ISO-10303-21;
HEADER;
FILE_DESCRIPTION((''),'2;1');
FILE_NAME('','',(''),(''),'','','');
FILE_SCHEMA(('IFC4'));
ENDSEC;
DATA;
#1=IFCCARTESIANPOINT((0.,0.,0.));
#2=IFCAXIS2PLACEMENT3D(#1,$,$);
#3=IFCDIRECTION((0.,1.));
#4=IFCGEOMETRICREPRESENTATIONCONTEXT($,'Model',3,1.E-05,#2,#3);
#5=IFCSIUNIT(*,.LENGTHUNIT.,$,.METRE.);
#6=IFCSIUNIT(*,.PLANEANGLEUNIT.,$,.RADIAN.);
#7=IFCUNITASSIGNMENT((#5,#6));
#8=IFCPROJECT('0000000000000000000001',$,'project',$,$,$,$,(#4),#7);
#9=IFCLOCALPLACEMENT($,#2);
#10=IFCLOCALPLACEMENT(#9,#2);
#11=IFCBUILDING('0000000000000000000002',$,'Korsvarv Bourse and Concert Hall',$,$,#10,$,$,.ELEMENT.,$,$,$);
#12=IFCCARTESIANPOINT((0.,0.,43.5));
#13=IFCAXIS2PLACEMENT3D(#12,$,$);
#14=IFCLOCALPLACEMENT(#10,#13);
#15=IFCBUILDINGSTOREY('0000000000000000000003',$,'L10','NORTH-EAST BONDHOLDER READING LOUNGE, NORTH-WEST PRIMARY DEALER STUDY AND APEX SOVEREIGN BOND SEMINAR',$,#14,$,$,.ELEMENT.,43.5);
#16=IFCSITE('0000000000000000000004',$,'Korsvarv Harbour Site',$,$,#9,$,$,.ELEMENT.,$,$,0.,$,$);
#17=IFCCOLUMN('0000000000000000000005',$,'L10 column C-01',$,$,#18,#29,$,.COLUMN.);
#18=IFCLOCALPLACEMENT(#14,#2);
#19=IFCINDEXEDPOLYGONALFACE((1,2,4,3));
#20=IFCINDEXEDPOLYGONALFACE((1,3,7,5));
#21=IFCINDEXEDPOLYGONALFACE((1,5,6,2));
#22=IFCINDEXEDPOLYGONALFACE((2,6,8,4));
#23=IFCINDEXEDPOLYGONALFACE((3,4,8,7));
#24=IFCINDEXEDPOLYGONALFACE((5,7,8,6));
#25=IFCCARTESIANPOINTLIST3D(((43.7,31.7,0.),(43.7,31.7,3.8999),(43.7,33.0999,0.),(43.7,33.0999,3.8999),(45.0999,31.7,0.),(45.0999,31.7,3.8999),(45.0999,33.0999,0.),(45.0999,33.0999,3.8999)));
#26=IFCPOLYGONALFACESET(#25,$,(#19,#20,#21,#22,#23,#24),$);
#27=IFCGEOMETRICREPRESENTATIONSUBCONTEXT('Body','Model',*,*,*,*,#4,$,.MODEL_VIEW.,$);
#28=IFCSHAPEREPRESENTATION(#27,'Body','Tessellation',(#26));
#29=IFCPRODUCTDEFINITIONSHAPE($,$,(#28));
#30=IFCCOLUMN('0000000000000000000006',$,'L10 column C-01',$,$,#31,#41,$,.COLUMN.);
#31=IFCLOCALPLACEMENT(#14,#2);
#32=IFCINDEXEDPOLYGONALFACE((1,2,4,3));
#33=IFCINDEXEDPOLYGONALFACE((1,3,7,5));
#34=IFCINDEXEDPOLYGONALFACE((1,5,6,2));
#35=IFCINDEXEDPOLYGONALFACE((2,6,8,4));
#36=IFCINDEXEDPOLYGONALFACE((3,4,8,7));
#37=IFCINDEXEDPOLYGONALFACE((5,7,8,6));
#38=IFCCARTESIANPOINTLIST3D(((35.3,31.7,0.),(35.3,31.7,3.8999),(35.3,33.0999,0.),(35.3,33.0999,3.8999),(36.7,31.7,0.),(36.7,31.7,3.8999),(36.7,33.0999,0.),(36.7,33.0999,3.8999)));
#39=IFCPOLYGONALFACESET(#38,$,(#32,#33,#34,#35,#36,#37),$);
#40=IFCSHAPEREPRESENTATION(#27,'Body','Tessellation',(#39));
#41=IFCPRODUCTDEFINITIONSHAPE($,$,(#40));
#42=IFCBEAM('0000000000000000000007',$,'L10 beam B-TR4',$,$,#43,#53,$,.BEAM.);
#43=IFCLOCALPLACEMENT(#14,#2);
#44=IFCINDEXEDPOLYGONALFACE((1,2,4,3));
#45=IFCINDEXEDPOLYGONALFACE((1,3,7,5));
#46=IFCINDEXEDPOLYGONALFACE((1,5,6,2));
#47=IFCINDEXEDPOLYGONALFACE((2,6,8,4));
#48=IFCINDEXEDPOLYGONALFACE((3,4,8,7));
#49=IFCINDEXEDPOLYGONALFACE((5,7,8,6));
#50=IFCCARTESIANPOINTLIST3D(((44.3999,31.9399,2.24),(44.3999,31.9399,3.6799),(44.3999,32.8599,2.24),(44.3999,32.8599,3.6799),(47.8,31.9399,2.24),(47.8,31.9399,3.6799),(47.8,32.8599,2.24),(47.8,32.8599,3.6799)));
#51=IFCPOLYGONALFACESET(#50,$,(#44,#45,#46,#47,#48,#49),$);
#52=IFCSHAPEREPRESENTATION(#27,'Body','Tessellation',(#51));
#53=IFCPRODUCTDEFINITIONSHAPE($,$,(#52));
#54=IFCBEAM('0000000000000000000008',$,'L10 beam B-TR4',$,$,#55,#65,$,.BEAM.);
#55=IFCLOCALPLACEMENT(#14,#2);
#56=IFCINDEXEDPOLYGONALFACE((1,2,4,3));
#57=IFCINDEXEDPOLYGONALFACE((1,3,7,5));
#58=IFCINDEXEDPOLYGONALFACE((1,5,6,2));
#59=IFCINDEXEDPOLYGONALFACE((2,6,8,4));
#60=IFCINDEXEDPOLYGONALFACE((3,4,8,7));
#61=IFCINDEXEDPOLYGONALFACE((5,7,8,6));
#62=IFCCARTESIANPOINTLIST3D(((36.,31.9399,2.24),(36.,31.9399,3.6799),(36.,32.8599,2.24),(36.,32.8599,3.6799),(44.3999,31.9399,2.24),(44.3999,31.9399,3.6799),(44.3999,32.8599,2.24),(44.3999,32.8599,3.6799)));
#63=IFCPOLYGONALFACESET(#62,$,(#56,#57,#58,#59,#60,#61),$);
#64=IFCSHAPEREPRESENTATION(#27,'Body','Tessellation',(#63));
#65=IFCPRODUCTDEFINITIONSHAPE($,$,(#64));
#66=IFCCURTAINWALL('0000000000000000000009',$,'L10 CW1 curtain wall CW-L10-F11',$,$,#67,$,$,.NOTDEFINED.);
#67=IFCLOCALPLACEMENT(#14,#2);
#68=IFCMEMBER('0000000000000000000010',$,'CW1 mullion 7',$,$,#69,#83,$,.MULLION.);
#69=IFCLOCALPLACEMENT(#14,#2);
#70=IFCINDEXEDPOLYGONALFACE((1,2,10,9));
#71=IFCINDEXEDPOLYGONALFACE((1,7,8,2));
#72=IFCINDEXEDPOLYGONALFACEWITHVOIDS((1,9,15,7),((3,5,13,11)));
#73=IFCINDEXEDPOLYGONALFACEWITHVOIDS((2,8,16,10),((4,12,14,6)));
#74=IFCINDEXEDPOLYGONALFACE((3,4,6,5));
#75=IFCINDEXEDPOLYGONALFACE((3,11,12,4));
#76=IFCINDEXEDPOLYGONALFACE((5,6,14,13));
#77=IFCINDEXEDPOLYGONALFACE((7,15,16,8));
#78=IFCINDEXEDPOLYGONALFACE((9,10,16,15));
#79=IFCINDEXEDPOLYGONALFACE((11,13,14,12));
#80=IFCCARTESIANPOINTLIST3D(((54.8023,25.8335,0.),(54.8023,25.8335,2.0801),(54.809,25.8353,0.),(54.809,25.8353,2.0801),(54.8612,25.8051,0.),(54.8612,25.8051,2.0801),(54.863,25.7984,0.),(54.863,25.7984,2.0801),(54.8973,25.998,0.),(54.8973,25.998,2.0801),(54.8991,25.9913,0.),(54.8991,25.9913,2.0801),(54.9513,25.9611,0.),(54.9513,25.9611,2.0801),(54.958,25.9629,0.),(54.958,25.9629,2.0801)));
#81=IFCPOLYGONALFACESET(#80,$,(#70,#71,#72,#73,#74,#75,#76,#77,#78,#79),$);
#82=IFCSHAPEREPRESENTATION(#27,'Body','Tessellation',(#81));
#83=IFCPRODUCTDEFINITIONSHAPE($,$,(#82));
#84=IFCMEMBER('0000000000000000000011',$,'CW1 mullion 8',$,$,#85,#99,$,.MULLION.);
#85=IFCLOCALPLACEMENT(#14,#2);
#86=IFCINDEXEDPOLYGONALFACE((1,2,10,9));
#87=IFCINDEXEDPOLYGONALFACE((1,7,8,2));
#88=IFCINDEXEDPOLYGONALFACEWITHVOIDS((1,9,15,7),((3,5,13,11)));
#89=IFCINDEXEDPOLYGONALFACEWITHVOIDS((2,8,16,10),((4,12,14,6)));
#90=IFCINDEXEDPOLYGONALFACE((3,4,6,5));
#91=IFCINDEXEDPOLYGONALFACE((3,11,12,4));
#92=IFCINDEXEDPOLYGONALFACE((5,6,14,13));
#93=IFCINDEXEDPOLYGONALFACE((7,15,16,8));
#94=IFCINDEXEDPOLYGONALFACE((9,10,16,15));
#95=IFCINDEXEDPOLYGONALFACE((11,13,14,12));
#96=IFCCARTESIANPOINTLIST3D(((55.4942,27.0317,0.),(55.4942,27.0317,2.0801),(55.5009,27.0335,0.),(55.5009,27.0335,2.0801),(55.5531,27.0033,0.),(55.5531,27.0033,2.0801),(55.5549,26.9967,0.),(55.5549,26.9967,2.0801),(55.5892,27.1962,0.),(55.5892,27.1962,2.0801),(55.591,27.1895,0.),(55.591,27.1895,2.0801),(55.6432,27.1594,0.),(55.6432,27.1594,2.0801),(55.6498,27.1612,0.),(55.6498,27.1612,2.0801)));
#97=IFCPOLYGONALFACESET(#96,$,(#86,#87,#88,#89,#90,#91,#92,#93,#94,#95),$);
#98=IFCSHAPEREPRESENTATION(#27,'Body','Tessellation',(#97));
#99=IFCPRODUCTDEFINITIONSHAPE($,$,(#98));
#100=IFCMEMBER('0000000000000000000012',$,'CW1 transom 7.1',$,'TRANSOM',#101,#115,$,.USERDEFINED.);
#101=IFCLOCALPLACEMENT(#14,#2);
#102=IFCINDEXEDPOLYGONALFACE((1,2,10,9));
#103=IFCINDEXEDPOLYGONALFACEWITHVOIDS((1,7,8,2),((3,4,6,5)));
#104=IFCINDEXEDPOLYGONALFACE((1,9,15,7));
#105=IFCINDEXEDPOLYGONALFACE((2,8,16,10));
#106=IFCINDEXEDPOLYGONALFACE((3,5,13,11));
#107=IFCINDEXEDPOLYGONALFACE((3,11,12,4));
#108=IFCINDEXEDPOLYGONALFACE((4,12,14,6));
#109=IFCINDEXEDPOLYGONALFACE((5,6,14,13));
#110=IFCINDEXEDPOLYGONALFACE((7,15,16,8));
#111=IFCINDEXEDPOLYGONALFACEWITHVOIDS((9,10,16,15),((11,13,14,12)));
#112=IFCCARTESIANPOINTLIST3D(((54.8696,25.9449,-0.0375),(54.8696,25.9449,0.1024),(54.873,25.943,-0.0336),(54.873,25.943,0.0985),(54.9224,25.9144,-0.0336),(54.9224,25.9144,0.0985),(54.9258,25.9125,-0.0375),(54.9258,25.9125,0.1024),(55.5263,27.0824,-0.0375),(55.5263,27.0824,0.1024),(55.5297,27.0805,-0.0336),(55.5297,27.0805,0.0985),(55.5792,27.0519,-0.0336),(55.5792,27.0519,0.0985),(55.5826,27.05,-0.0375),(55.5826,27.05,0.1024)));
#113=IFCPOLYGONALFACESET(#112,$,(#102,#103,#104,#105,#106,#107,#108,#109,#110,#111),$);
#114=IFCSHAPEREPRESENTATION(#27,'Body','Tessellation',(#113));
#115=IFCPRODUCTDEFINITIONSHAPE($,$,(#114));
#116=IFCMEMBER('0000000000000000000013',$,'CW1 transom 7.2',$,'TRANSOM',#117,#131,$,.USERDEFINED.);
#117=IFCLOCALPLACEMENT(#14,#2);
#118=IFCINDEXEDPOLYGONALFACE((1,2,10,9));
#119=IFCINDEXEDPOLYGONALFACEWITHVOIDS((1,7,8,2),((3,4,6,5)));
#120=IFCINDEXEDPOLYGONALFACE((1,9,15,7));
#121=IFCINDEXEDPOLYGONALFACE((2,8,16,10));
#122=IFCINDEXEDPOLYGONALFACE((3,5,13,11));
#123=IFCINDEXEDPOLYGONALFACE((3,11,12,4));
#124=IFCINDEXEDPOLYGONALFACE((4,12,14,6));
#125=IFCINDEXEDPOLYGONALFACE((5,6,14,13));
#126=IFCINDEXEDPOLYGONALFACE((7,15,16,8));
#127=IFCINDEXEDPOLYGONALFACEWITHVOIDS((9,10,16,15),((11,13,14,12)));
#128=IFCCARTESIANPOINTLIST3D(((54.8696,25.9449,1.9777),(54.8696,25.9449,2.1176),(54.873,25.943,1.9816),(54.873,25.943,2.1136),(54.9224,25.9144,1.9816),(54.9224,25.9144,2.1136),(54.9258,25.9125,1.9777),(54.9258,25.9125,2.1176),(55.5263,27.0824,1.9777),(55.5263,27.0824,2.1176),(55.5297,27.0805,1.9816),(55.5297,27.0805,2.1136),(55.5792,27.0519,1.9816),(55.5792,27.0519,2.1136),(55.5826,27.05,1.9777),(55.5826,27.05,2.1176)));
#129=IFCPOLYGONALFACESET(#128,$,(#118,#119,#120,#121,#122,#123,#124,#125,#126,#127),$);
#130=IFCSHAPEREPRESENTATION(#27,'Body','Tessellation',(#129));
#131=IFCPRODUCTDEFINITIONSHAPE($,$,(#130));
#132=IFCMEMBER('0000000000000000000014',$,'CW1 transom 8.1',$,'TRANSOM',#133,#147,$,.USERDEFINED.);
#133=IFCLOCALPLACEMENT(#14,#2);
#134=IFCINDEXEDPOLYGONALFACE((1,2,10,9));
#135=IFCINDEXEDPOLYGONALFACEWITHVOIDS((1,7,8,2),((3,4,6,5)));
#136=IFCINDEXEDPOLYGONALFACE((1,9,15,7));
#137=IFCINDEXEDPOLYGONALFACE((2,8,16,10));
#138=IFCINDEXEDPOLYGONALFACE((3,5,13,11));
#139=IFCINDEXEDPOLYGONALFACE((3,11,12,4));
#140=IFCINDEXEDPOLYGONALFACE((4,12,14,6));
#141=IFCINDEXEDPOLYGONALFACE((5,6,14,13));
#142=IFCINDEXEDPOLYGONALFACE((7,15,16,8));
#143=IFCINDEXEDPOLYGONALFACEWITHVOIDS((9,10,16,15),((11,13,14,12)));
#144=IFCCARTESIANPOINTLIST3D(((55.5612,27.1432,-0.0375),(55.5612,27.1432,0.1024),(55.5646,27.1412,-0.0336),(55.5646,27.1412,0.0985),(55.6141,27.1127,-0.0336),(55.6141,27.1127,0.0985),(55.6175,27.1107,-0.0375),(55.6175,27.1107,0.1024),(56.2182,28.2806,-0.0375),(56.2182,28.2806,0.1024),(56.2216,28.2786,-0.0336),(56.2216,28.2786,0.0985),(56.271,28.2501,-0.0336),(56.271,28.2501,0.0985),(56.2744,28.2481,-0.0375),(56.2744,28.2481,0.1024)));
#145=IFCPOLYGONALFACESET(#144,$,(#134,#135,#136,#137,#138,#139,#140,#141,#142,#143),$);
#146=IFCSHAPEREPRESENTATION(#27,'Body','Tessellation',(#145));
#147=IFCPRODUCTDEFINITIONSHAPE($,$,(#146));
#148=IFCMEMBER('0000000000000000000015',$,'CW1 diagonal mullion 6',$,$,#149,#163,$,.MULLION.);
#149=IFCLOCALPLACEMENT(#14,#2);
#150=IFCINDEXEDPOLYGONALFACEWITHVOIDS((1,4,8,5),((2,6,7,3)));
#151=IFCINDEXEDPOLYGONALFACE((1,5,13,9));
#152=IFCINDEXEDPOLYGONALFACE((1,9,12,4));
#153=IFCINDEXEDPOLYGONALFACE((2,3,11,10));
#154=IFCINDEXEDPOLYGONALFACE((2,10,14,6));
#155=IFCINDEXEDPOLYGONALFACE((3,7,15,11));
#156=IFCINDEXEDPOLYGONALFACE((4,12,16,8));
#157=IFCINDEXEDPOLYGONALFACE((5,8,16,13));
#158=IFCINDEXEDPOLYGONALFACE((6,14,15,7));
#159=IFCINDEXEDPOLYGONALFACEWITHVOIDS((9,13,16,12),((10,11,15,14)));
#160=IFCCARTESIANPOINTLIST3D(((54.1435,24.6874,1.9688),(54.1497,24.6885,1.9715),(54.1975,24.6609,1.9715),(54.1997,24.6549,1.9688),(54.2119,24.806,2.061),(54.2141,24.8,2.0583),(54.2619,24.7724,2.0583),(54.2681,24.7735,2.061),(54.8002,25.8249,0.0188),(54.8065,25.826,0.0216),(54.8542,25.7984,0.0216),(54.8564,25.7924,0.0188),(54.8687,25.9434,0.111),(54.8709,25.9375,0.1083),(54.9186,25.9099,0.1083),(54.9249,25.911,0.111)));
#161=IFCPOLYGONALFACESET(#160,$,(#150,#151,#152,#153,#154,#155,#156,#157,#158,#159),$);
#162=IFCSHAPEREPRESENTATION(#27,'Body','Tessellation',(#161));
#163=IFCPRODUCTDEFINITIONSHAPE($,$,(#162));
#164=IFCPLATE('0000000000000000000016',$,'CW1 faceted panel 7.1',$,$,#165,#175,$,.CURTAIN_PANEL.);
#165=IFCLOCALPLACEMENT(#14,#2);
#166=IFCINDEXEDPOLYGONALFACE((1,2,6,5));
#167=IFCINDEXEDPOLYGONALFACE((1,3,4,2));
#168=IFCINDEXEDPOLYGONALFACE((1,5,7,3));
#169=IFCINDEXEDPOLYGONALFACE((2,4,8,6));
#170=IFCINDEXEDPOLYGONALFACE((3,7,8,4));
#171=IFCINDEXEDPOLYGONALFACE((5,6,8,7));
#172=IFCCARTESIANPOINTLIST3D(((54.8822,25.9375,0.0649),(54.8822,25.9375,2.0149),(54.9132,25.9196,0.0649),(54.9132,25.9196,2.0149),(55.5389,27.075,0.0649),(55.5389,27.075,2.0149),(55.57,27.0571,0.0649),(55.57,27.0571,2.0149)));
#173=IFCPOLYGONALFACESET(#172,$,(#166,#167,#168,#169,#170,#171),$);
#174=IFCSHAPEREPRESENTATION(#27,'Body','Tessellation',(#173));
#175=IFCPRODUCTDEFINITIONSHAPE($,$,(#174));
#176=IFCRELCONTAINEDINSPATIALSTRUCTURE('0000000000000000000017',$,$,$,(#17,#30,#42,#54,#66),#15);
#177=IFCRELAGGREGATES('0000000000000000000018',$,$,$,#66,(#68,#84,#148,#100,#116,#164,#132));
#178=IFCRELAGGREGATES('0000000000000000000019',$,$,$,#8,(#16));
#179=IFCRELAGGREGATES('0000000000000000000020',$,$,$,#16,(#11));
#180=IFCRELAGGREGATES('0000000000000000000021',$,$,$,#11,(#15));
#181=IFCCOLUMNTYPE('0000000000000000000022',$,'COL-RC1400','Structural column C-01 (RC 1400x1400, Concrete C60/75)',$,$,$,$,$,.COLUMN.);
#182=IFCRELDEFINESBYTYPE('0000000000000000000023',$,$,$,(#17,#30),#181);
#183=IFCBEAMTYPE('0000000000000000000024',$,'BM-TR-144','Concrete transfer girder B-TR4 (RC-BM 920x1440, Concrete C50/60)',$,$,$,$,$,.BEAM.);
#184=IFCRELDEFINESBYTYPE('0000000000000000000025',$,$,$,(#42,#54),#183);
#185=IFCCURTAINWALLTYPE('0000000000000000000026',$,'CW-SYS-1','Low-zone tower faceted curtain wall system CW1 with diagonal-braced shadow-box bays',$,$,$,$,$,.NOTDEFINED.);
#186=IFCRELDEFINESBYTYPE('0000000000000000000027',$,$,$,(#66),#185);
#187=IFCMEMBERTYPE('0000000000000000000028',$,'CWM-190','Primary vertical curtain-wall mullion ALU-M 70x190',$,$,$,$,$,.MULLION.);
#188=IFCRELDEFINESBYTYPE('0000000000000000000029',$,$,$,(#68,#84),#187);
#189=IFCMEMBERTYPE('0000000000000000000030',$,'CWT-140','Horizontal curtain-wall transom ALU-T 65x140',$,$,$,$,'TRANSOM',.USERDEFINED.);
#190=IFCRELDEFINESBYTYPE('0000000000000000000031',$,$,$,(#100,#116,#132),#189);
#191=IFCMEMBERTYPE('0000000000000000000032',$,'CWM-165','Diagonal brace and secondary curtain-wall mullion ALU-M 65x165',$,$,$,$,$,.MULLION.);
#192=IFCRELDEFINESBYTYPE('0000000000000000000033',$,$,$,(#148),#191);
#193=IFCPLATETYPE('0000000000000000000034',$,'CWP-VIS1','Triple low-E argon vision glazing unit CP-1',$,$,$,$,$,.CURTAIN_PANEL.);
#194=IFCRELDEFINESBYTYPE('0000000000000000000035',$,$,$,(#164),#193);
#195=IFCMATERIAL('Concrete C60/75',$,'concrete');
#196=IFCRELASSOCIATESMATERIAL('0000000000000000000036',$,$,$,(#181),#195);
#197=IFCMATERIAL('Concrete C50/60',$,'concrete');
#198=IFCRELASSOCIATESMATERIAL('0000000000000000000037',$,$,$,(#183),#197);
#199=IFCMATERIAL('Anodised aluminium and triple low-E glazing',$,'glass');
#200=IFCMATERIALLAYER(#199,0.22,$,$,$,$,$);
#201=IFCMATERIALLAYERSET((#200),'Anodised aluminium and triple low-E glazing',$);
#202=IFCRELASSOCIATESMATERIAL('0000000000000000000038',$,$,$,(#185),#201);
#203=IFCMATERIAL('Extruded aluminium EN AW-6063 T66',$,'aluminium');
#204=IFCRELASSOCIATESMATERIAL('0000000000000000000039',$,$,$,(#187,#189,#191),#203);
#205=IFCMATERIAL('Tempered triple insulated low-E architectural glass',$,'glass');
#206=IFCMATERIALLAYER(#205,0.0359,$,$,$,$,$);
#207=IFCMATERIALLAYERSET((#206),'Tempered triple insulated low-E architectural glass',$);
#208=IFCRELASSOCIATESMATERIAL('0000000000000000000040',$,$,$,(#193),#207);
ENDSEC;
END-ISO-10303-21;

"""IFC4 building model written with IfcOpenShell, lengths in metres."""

from ifc_helpers import new_model, si_unit, direction, frame, origin, origin_2d, place, context, subcontext, project, spatial, rectangle, hollow_rectangle, extrude, source, transform, mapped, material, layer, layer_set, material_profile, profile_set, type_object, element, aggregate, save


model = new_model("IFC4")

# Units and contexts
model_context = context("Model", 3, precision=1e-05, world=origin(), true_north=direction((0.0, 1.0)))
body_context = subcontext(model_context, "Body", "Model", "MODEL_VIEW")
ifc_project = project(units=[si_unit("LENGTHUNIT", "METRE"), si_unit("PLANEANGLEUNIT", "RADIAN")], contexts=[model_context])

# Site, building, storey
site_placement = place(None, origin())
site = spatial("IfcSite", under=ifc_project, at=site_placement, Name="Korsvarv Harbour Site", CompositionType="ELEMENT", RefElevation=0.0)
building_placement = place(site_placement, origin())
building = spatial("IfcBuilding", under=site, at=building_placement, Name="Korsvarv Bourse and Concert Hall", CompositionType="ELEMENT")
storey_placement = place(building_placement, frame((0.0, 0.0, 43.5)))
storey = spatial("IfcBuildingStorey", under=building, at=storey_placement, Name="L10", Description="NORTH-EAST BONDHOLDER READING LOUNGE, NORTH-WEST PRIMARY DEALER STUDY AND APEX SOVEREIGN BOND SEMINAR", CompositionType="ELEMENT", Elevation=43.5)

# Columns
ifc_material_1 = material(Name="Concrete C60/75", Category="concrete")
ifc_material_profile_1 = material_profile(ifc_material_1, rectangle(XDim=1.3999, YDim=1.3999, at=origin_2d()), Name="RC 1400x1400")
ifc_profile_set_1 = profile_set([ifc_material_profile_1], Name="Concrete C60/75")
column_type = type_object("IfcColumnType", Name="COL-RC1400", Description="Structural column C-01 (RC 1400x1400, Concrete C60/75)", PredefinedType="COLUMN", material=ifc_profile_set_1)
shared_shape_1 = source(origin(), body_context, "Body", "SweptSolid", [
    extrude(rectangle(XDim=1.3999, YDim=1.3999, at=origin_2d()), origin(), (0.0, 0.0, 1.0), 3.8999),
])
for number, where, z_axis, x_axis, name in (
    (1, (44.3999, 32.3999, 0.0), (0.0, 0.0, 1.0), (1.0, 0.0, 0.0), "L10 column C-01"),
    (2, (36.0, 32.3999, 0.0), (0.0, 0.0, 1.0), (1.0, 0.0, 0.0), "L10 column C-01"),
):
    element("IfcColumn", number, at=place(storey_placement, frame(where, z_axis=z_axis, x_axis=x_axis)), inside=storey, type_object=column_type, Name=name, PredefinedType="COLUMN", context=body_context, shape_type="MappedRepresentation", body=[
        mapped(shared_shape_1, transform((0.0, 0.0, 0.0), scale=1.0)),
    ])

# Beams
ifc_material_2 = material(Name="Concrete C50/60", Category="concrete")
ifc_material_profile_2 = material_profile(ifc_material_2, rectangle(XDim=0.9199, YDim=1.4399, at=origin_2d()), Name="RC-BM 920x1440")
ifc_profile_set_2 = profile_set([ifc_material_profile_2], Name="Concrete C50/60")
beam_type = type_object("IfcBeamType", Name="BM-TR-144", Description="Concrete transfer girder B-TR4 (RC-BM 920x1440, Concrete C50/60)", PredefinedType="BEAM", material=ifc_profile_set_2)
shared_shape_2 = source(origin(), body_context, "Body", "SweptSolid", [
    extrude(rectangle(XDim=0.9199, YDim=1.4399, at=origin_2d()), origin(), (0.0, 0.0, 1.0), 3.4001),
])
beam_1_placement = place(storey_placement, frame((44.3999, 32.3999, 2.96), z_axis=(1.0, 0.0, 0.0), x_axis=(0.0, 1.0, 0.0)))
element("IfcBeam", 3, at=beam_1_placement, inside=storey, type_object=beam_type, Name="L10 beam B-TR4", PredefinedType="BEAM", context=body_context, shape_type="MappedRepresentation", body=[
    mapped(shared_shape_2, transform((0.0, 0.0, 0.0), scale=1.0)),
])
shared_shape_3 = source(origin(), body_context, "Body", "SweptSolid", [
    extrude(rectangle(XDim=0.9199, YDim=1.4399, at=origin_2d()), origin(), (0.0, 0.0, 1.0), 8.3999),
])
beam_2_placement = place(storey_placement, frame((36.0, 32.3999, 2.96), z_axis=(1.0, 0.0, 0.0), x_axis=(0.0, 1.0, 0.0)))
element("IfcBeam", 4, at=beam_2_placement, inside=storey, type_object=beam_type, Name="L10 beam B-TR4", PredefinedType="BEAM", context=body_context, shape_type="MappedRepresentation", body=[
    mapped(shared_shape_3, transform((0.0, 0.0, 0.0), scale=1.0)),
])

# Curtain wall, members, plate
ifc_material_3 = material(Name="Anodised aluminium and triple low-E glazing", Category="glass")
ifc_layer_1 = layer(ifc_material_3, 0.22)
ifc_layer_set_1 = layer_set([ifc_layer_1], Name="Anodised aluminium and triple low-E glazing")
curtain_wall_type = type_object("IfcCurtainWallType", Name="CW-SYS-1", Description="Low-zone tower faceted curtain wall system CW1 with diagonal-braced shadow-box bays", PredefinedType="NOTDEFINED", material=ifc_layer_set_1)
curtain_wall_placement = place(storey_placement, origin())
curtain_wall = element("IfcCurtainWall", 5, at=curtain_wall_placement, inside=storey, type_object=curtain_wall_type, Name="L10 CW1 curtain wall CW-L10-F11", PredefinedType="NOTDEFINED")
ifc_material_4 = material(Name="Extruded aluminium EN AW-6063 T66", Category="aluminium")
ifc_material_profile_3 = material_profile(ifc_material_4, hollow_rectangle(XDim=0.0701, YDim=0.1899, WallThickness=0.0049, at=origin_2d()), Name="ALU-M 70x190")
ifc_profile_set_3 = profile_set([ifc_material_profile_3], Name="Extruded aluminium EN AW-6063 T66")
member_type_1 = type_object("IfcMemberType", Name="CWM-190", Description="Primary vertical curtain-wall mullion ALU-M 70x190", PredefinedType="MULLION", material=ifc_profile_set_3)
shared_shape_4 = source(origin(), body_context, "Body", "SweptSolid", [
    extrude(hollow_rectangle(XDim=0.0701, YDim=0.1899, WallThickness=0.0049, at=origin_2d()), origin(), (0.0, 0.0, 1.0), 2.0801),
])
member_1_placement = place(storey_placement, frame((54.8801, 25.8982, 0.0), z_axis=(0.0, 0.0, 1.0), x_axis=(-0.866026, 0.5, 0.0)))
member_1 = element("IfcMember", 6, at=member_1_placement, type_object=member_type_1, Name="CW1 mullion 7", PredefinedType="MULLION", context=body_context, shape_type="MappedRepresentation", body=[
    mapped(shared_shape_4, transform((0.0, 0.0, 0.0), scale=1.0)),
])
member_2_placement = place(storey_placement, frame((55.572, 27.0964, 0.0), z_axis=(0.0, 0.0, 1.0), x_axis=(-0.866026, 0.5, 0.0)))
member_2 = element("IfcMember", 7, at=member_2_placement, type_object=member_type_1, Name="CW1 mullion 8", PredefinedType="MULLION", context=body_context, shape_type="MappedRepresentation", body=[
    mapped(shared_shape_4, transform((0.0, 0.0, 0.0), scale=1.0)),
])
ifc_material_profile_4 = material_profile(ifc_material_4, hollow_rectangle(XDim=0.0649, YDim=0.1399, WallThickness=0.0039, at=origin_2d()), Name="ALU-T 65x140")
ifc_profile_set_4 = profile_set([ifc_material_profile_4], Name="Extruded aluminium EN AW-6063 T66")
member_type_2 = type_object("IfcMemberType", Name="CWT-140", Description="Horizontal curtain-wall transom ALU-T 65x140", ElementType="TRANSOM", PredefinedType="USERDEFINED", material=ifc_profile_set_4)
shared_shape_5 = source(origin(), body_context, "Body", "SweptSolid", [
    extrude(hollow_rectangle(XDim=0.0649, YDim=0.1399, WallThickness=0.0039, at=origin_2d()), origin(), (0.0, 0.0, 1.0), 1.3135),
])
member_3_placement = place(storey_placement, frame((54.8977, 25.9287, 0.0325), z_axis=(0.500017, 0.866015, 0.0), x_axis=(-0.866015, 0.500017, 0.0)))
member_3 = element("IfcMember", 8, at=member_3_placement, type_object=member_type_2, Name="CW1 transom 7.1", ObjectType="TRANSOM", PredefinedType="USERDEFINED", context=body_context, shape_type="MappedRepresentation", body=[
    mapped(shared_shape_5, transform((0.0, 0.0, 0.0), scale=1.0)),
])
member_4_placement = place(storey_placement, frame((54.8977, 25.9287, 2.0476), z_axis=(0.500017, 0.866015, 0.0), x_axis=(-0.866015, 0.500017, 0.0)))
member_4 = element("IfcMember", 9, at=member_4_placement, type_object=member_type_2, Name="CW1 transom 7.2", ObjectType="TRANSOM", PredefinedType="USERDEFINED", context=body_context, shape_type="MappedRepresentation", body=[
    mapped(shared_shape_5, transform((0.0, 0.0, 0.0), scale=1.0)),
])
member_5_placement = place(storey_placement, frame((55.5894, 27.127, 0.0325), z_axis=(0.500157, 0.865935, 0.0), x_axis=(-0.865935, 0.500157, 0.0)))
member_5 = element("IfcMember", 10, at=member_5_placement, type_object=member_type_2, Name="CW1 transom 8.1", ObjectType="TRANSOM", PredefinedType="USERDEFINED", context=body_context, shape_type="MappedRepresentation", body=[
    mapped(shared_shape_5, transform((0.0, 0.0, 0.0), scale=1.0)),
])
ifc_material_profile_5 = material_profile(ifc_material_4, hollow_rectangle(XDim=0.0649, YDim=0.165, WallThickness=0.0049, at=origin_2d()), Name="ALU-M 65x165")
ifc_profile_set_5 = profile_set([ifc_material_profile_5], Name="Extruded aluminium EN AW-6063 T66")
member_type_3 = type_object("IfcMemberType", Name="CWM-165", Description="Diagonal brace and secondary curtain-wall mullion ALU-M 65x165", PredefinedType="MULLION", material=ifc_profile_set_5)
shared_shape_6 = source(origin(), body_context, "Body", "SweptSolid", [
    extrude(hollow_rectangle(XDim=0.0649, YDim=0.165, WallThickness=0.0049, at=origin_2d()), origin(), (0.0, 0.0, 1.0), 2.3511),
])
member_6_placement = place(storey_placement, frame((54.8625, 25.8679, 0.0649), z_axis=(-0.279339, -0.483807, 0.829398), x_axis=(0.866015, -0.500017, 0.0)))
member_6 = element("IfcMember", 11, at=member_6_placement, type_object=member_type_3, Name="CW1 diagonal mullion 6", PredefinedType="MULLION", context=body_context, shape_type="MappedRepresentation", body=[
    mapped(shared_shape_6, transform((0.0, 0.0, 0.0), scale=1.0)),
])
ifc_material_5 = material(Name="Tempered triple insulated low-E architectural glass", Category="glass")
ifc_layer_2 = layer(ifc_material_5, 0.0359)
ifc_layer_set_2 = layer_set([ifc_layer_2], Name="Tempered triple insulated low-E architectural glass")
plate_type = type_object("IfcPlateType", Name="CWP-VIS1", Description="Triple low-E argon vision glazing unit CP-1", PredefinedType="CURTAIN_PANEL", material=ifc_layer_set_2)
shared_shape_7 = source(origin(), body_context, "Body", "SweptSolid", [
    extrude(rectangle(XDim=1.3135, YDim=0.0359, at=origin_2d()), origin(), (0.0, 0.0, 1.0), 1.95),
])
plate_placement = place(storey_placement, frame((55.2261, 26.4973, 0.0649), z_axis=(0.0, 0.0, 1.0), x_axis=(0.5, 0.866026, 0.0)))
plate = element("IfcPlate", 12, at=plate_placement, type_object=plate_type, Name="CW1 faceted panel 7.1", PredefinedType="CURTAIN_PANEL", context=body_context, shape_type="MappedRepresentation", body=[
    mapped(shared_shape_7, transform((0.0, 0.0, 0.0), scale=1.0)),
])
aggregate(curtain_wall, [member_1, member_2, member_6, member_3, member_4, plate, member_5])

save(model, "model.ifc")
